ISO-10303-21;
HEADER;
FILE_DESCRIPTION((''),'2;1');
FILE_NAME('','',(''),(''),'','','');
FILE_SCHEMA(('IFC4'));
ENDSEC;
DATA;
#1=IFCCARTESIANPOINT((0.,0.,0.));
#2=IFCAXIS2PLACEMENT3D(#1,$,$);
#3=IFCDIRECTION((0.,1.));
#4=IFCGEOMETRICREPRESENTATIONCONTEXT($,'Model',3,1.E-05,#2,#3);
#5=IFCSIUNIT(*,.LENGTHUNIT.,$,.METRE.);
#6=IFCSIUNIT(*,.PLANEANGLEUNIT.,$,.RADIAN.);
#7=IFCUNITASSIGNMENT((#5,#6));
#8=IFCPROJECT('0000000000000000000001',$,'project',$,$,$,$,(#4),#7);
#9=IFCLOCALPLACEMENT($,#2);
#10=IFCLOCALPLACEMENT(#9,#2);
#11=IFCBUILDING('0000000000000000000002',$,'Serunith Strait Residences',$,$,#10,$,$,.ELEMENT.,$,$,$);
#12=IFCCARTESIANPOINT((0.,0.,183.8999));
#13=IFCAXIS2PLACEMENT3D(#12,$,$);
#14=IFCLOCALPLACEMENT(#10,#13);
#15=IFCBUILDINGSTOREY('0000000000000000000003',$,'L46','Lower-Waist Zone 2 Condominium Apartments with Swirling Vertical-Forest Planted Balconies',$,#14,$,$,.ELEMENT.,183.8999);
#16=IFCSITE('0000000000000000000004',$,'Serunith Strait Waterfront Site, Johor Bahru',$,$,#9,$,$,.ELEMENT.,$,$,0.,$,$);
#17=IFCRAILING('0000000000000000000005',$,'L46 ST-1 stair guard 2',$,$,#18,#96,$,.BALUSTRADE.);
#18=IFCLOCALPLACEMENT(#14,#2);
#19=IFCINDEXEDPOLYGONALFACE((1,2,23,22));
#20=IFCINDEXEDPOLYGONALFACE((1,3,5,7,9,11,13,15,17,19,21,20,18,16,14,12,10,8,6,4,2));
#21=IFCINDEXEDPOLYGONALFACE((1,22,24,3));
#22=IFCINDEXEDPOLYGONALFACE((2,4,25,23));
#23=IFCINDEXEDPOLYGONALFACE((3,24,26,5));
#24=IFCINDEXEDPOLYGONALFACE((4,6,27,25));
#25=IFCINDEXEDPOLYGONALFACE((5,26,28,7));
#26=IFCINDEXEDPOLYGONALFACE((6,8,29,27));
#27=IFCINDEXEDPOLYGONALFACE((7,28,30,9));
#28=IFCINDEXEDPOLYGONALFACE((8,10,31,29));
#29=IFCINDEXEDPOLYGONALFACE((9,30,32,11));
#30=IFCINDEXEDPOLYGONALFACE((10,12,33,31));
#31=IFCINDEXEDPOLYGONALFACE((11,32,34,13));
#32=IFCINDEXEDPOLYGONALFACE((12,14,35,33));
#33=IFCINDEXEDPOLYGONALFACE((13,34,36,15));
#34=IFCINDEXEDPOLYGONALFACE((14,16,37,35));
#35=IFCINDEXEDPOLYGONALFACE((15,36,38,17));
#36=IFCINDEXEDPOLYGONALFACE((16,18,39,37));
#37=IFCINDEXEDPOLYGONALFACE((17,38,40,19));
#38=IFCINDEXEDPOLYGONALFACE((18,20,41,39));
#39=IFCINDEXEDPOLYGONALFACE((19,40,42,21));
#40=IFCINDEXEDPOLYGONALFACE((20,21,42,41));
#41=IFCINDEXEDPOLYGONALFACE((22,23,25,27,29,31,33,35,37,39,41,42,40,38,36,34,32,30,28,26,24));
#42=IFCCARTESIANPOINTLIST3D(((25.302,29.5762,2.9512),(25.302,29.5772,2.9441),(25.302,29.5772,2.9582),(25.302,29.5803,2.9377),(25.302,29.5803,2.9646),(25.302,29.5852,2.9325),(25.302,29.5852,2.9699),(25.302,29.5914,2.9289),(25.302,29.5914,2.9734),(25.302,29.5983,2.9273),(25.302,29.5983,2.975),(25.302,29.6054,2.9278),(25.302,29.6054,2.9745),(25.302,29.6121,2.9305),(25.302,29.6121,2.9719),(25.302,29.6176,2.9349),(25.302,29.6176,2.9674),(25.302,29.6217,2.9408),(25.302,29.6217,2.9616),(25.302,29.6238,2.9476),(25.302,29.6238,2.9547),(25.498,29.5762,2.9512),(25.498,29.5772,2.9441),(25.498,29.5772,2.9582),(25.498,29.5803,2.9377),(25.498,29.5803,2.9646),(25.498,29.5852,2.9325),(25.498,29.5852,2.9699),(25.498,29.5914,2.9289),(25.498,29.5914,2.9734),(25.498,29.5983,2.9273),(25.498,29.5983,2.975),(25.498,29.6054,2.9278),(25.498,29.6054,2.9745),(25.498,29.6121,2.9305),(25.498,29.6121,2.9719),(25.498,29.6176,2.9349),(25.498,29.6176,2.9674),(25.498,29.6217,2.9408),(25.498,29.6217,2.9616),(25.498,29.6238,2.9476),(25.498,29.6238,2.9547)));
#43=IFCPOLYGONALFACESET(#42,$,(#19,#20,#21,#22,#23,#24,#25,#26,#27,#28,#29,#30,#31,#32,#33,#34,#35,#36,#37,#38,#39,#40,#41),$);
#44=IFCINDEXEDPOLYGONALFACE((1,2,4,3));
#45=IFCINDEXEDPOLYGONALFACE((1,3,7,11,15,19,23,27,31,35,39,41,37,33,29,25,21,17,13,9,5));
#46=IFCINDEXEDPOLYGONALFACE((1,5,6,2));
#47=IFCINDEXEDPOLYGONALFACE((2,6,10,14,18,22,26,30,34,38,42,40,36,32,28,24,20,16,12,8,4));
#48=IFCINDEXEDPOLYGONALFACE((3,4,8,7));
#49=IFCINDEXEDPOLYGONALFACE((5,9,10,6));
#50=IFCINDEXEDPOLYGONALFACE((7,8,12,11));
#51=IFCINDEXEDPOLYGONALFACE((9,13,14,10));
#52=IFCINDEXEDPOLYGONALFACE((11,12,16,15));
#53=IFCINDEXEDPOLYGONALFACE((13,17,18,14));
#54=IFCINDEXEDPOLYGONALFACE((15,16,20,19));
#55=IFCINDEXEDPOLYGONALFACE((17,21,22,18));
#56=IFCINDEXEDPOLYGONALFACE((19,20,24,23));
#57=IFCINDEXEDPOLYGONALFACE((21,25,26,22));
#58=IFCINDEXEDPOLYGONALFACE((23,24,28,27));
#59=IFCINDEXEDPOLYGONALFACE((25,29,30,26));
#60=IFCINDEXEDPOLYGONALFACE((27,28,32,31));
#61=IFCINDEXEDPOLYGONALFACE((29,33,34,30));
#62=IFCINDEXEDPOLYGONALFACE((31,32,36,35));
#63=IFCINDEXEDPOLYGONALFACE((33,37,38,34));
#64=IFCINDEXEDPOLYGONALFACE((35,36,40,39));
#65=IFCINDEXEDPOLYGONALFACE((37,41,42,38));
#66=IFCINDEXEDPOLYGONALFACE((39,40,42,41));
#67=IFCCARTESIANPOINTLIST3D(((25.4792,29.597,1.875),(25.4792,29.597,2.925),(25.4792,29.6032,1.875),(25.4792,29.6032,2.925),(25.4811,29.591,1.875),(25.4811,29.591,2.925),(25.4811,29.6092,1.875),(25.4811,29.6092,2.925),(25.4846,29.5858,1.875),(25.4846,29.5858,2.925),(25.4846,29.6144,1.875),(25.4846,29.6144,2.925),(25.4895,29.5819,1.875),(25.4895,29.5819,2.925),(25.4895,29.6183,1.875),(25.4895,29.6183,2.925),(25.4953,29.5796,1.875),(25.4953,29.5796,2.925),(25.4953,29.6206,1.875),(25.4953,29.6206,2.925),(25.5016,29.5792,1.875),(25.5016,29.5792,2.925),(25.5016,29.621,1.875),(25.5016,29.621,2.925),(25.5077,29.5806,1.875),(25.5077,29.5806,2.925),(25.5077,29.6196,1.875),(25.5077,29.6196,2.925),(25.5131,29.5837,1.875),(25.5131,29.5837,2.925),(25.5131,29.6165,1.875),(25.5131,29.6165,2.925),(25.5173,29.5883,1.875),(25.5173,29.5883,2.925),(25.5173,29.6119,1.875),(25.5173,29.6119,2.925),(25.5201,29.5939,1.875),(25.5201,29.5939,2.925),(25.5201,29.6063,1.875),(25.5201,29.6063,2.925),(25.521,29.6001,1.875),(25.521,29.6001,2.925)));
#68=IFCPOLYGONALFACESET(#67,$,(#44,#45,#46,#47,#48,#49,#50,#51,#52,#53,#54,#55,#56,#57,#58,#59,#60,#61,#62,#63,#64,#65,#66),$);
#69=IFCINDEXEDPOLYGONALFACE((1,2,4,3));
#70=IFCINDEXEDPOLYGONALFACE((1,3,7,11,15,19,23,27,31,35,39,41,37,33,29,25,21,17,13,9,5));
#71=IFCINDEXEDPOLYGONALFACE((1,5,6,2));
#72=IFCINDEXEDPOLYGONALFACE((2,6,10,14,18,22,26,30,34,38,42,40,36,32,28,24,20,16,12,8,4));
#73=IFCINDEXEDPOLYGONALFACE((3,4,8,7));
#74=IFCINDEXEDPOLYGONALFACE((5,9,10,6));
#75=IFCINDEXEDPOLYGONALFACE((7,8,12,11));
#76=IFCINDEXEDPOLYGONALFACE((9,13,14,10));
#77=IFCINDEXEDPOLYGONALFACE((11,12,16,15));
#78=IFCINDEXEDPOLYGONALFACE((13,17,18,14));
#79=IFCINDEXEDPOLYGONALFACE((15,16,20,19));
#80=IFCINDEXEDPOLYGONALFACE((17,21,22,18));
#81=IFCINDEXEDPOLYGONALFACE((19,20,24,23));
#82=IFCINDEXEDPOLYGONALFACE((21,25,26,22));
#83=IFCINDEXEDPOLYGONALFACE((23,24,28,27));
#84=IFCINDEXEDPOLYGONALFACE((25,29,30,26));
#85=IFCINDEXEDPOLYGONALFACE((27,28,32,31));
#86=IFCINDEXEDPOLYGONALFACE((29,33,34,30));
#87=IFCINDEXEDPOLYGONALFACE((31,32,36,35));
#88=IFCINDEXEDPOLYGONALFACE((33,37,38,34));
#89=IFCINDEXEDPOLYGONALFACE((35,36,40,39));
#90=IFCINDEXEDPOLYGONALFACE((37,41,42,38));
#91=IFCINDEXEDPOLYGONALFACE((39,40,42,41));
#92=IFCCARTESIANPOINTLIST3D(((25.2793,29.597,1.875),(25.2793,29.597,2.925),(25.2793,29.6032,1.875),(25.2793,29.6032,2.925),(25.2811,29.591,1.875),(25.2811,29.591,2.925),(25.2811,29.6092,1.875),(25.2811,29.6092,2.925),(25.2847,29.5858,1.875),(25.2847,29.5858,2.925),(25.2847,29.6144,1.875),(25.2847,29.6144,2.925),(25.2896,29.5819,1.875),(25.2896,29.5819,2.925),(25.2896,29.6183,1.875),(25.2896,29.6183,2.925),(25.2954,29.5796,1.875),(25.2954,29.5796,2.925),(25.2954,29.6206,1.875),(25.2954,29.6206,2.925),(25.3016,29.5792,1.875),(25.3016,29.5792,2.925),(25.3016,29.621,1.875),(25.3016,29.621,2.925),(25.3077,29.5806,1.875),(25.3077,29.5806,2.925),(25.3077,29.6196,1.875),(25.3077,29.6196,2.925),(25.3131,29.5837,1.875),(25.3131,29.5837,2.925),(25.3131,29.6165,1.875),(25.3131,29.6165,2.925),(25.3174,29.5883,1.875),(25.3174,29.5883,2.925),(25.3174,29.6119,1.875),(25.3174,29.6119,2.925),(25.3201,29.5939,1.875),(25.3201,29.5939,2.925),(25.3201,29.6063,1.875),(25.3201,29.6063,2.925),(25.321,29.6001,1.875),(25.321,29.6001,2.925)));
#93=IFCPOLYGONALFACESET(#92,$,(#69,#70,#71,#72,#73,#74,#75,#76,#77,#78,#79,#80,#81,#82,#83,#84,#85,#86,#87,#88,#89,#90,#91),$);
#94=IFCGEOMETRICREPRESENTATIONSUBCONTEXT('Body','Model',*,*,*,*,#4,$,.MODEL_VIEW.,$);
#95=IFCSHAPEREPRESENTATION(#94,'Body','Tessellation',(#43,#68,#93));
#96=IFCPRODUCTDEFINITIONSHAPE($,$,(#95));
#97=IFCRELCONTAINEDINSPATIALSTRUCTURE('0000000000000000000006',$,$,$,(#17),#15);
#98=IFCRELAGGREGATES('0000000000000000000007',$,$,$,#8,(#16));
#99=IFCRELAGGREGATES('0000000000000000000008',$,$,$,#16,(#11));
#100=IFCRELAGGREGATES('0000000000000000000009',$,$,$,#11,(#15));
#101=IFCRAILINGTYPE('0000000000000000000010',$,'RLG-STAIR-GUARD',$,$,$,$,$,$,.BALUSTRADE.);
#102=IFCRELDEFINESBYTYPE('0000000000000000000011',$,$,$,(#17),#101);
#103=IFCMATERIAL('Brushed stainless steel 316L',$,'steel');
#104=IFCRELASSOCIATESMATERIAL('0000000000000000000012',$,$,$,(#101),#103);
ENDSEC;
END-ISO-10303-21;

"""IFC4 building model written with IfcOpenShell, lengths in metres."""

from ifc_helpers import new_model, si_unit, direction, frame, origin, origin_2d, place, context, subcontext, project, spatial, circle, extrude, material, type_object, element, save


model = new_model("IFC4")

# Units and contexts
model_context = context("Model", 3, precision=1e-05, world=origin(), true_north=direction((0.0, 1.0)))
body_context = subcontext(model_context, "Body", "Model", "MODEL_VIEW")
ifc_project = project(units=[si_unit("LENGTHUNIT", "METRE"), si_unit("PLANEANGLEUNIT", "RADIAN")], contexts=[model_context])

# Site, building, storey
site_placement = place(None, origin())
site = spatial("IfcSite", under=ifc_project, at=site_placement, Name="Serunith Strait Waterfront Site, Johor Bahru", CompositionType="ELEMENT", RefElevation=0.0)
building_placement = place(site_placement, origin())
building = spatial("IfcBuilding", under=site, at=building_placement, Name="Serunith Strait Residences", CompositionType="ELEMENT")
storey_placement = place(building_placement, frame((0.0, 0.0, 183.8999)))
storey = spatial("IfcBuildingStorey", under=building, at=storey_placement, Name="L46", Description="Lower-Waist Zone 2 Condominium Apartments with Swirling Vertical-Forest Planted Balconies", CompositionType="ELEMENT", Elevation=183.8999)

# Railing
ifc_material_1 = material(Name="Brushed stainless steel 316L", Category="steel")
railing_type_1 = type_object("IfcRailingType", Name="RLG-STAIR-GUARD", PredefinedType="BALUSTRADE", material=ifc_material_1)
railing_1_placement = place(storey_placement, frame((25.5, 29.6001, 1.875)))
element("IfcRailing", 1, at=railing_1_placement, inside=storey, type_object=railing_type_1, Name="L46 ST-1 stair guard 2", PredefinedType="BALUSTRADE", context=body_context, shape_type="SweptSolid", body=[
    extrude(circle(Radius=0.0239, at=origin_2d()), frame((-0.002, 0.0, 1.0762), z_axis=(-1.0, 0.0, 0.0), x_axis=(0.0, -1.0, 0.0)), (0.0, 0.0, 1.0), 0.196),
    extrude(circle(Radius=0.021, at=origin_2d()), origin(), (0.0, 0.0, 1.0), 1.05),
    extrude(circle(Radius=0.021, at=origin_2d()), frame((-0.2, 0.0, 0.0)), (0.0, 0.0, 1.0), 1.05),
])

save(model, "model.ifc")
